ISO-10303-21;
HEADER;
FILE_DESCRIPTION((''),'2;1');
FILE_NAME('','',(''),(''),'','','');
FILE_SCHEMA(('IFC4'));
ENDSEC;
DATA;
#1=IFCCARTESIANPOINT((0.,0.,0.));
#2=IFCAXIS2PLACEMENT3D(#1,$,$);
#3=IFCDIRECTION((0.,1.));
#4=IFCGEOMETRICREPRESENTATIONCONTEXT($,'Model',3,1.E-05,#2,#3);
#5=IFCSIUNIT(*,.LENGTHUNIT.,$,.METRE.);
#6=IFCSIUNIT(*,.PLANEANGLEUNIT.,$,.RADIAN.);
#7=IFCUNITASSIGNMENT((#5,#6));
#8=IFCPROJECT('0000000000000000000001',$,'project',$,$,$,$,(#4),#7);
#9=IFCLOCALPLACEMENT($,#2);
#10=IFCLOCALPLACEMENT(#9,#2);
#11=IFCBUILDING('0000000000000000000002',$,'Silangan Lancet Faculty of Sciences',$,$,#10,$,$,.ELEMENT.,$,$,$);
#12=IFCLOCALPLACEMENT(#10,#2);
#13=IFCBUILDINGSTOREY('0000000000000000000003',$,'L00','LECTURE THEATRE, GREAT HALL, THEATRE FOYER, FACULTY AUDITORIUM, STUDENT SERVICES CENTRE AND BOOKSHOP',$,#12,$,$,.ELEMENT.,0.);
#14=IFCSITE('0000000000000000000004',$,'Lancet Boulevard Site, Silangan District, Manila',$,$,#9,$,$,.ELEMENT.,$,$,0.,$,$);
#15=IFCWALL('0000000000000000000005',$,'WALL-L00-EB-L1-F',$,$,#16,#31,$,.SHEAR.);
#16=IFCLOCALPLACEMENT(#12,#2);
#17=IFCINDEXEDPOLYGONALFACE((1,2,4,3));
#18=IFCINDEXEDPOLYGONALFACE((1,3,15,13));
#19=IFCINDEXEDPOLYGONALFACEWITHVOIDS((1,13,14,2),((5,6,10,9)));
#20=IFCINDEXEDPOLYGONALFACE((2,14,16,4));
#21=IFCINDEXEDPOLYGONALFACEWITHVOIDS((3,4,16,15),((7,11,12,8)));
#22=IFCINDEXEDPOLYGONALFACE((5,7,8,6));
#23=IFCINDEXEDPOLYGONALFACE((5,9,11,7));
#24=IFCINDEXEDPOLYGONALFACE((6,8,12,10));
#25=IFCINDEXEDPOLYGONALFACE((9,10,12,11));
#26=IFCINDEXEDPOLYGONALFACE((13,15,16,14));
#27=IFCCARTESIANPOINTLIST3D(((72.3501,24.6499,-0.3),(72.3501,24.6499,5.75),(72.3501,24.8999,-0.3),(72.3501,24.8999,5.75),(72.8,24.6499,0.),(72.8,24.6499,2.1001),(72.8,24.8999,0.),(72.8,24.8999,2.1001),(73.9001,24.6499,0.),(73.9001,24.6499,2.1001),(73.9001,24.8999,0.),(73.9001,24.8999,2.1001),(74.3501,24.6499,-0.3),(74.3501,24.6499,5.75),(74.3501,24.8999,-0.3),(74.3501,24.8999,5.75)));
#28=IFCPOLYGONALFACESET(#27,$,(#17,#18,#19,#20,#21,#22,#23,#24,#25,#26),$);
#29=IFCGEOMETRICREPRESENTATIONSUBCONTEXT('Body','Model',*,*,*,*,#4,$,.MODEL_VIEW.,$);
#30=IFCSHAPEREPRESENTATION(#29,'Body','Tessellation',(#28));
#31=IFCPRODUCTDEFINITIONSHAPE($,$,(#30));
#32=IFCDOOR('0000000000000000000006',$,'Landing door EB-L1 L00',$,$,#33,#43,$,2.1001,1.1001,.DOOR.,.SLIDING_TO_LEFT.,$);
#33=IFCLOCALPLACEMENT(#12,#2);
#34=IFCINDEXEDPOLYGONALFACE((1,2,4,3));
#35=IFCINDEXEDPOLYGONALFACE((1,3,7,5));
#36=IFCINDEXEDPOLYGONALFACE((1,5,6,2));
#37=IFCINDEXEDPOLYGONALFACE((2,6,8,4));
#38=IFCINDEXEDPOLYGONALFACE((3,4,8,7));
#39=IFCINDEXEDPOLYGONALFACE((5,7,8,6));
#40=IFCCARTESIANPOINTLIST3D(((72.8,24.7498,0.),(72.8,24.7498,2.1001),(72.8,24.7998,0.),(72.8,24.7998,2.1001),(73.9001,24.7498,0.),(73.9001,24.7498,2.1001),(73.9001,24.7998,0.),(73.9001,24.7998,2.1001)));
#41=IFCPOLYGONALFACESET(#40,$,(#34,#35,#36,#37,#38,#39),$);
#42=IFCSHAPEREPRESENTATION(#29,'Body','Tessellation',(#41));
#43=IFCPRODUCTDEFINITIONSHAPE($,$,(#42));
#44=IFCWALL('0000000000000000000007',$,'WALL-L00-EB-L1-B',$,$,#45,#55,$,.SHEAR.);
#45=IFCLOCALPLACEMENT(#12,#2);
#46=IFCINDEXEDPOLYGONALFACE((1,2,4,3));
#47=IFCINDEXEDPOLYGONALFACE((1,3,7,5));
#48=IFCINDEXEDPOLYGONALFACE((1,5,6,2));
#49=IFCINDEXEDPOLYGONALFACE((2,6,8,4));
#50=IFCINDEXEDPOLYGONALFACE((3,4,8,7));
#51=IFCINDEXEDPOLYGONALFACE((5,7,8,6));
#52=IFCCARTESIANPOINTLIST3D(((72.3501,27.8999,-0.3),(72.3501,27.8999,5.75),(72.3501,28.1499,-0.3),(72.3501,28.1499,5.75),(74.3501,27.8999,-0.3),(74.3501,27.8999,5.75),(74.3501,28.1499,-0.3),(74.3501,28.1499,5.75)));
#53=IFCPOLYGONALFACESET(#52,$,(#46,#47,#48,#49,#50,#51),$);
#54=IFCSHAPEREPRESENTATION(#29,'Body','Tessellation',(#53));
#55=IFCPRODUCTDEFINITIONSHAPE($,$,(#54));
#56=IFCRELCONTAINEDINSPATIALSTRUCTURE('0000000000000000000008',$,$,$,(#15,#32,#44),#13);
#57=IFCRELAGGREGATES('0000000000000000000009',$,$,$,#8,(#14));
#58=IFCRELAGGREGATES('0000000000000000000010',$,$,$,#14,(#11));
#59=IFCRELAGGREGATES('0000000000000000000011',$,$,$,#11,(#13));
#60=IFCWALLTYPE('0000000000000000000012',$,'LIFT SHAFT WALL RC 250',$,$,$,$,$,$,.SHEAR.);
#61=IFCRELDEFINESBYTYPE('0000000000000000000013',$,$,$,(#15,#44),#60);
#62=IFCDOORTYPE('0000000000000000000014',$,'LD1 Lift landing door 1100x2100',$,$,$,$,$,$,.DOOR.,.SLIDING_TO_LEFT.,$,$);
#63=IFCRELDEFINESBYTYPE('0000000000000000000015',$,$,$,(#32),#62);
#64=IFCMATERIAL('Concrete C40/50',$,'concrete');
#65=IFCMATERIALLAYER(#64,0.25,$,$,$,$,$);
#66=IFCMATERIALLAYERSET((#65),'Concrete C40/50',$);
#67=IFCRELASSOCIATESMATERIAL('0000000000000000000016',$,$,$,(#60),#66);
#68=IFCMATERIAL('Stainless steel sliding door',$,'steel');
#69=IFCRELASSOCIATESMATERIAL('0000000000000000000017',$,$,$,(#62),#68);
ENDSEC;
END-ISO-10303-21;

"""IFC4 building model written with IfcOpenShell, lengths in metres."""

from ifc_helpers import new_model, si_unit, direction, frame, frame_2d, origin, place, context, subcontext, project, spatial, rectangle, extrude, material, layer, layer_set, type_object, element, fill, save


model = new_model("IFC4")

# Units and contexts
model_context = context("Model", 3, precision=1e-05, world=origin(), true_north=direction((0.0, 1.0)))
body_context = subcontext(model_context, "Body", "Model", "MODEL_VIEW")
ifc_project = project(units=[si_unit("LENGTHUNIT", "METRE"), si_unit("PLANEANGLEUNIT", "RADIAN")], contexts=[model_context])

# Site, building, storey
site_placement = place(None, origin())
site = spatial("IfcSite", under=ifc_project, at=site_placement, Name="Lancet Boulevard Site, Silangan District, Manila", CompositionType="ELEMENT", RefElevation=0.0)
building_placement = place(site_placement, origin())
building = spatial("IfcBuilding", under=site, at=building_placement, Name="Silangan Lancet Faculty of Sciences", CompositionType="ELEMENT")
storey_placement = place(building_placement, origin())
storey = spatial("IfcBuildingStorey", under=building, at=storey_placement, Name="L00", Description="LECTURE THEATRE, GREAT HALL, THEATRE FOYER, FACULTY AUDITORIUM, STUDENT SERVICES CENTRE AND BOOKSHOP", CompositionType="ELEMENT", Elevation=0.0)

# Shared definitions
ifc_material_1 = material(Name="Concrete C40/50", Category="concrete")
ifc_layer_1 = layer(ifc_material_1, 0.25)
ifc_layer_set_1 = layer_set([ifc_layer_1], Name="Concrete C40/50")
wall_type_1 = type_object("IfcWallType", Name="LIFT SHAFT WALL RC 250", PredefinedType="SHEAR", material=ifc_layer_set_1)

# Wall, opening, door
wall_1_placement = place(storey_placement, frame((72.3501, 24.7749, -0.3), z_axis=(0.0, 0.0, 1.0), x_axis=(1.0, 0.0, 0.0)))
wall_1 = element("IfcWall", 1, at=wall_1_placement, inside=storey, type_object=wall_type_1, Name="WALL-L00-EB-L1-F", PredefinedType="SHEAR", context=body_context, shape_type="SweptSolid", body=[
    extrude(rectangle(XDim=2.0, YDim=0.25, at=frame_2d((1.0, 0.0))), origin(), (0.0, 0.0, 1.0), 6.05),
])
opening_placement = place(wall_1_placement, frame((0.45, 0.0, 0.3)))
opening = element("IfcOpeningElement", 2, at=opening_placement, cuts=wall_1, PredefinedType="OPENING", context=body_context, shape_type="SweptSolid", body=[
    extrude(rectangle(XDim=1.1001, YDim=2.1001, at=frame_2d((0.55, 1.05))), frame((0.0, 0.135, 0.0), z_axis=(0.0, -1.0, 0.0), x_axis=(1.0, 0.0, 0.0)), (0.0, 0.0, 1.0), 0.27),
])
ifc_material_2 = material(Name="Stainless steel sliding door", Category="steel")
door_type = type_object("IfcDoorType", Name="LD1 Lift landing door 1100x2100", OperationType="SLIDING_TO_LEFT", PredefinedType="DOOR", material=ifc_material_2)
door_placement = place(opening_placement, origin())
door = element("IfcDoor", 3, at=door_placement, inside=storey, type_object=door_type, Name="Landing door EB-L1 L00", OperationType="SLIDING_TO_LEFT", OverallHeight=2.1001, OverallWidth=1.1001, PredefinedType="DOOR", context=body_context, shape_type="SweptSolid", body=[
    extrude(rectangle(XDim=1.1001, YDim=2.1001, at=frame_2d((0.55, 1.05))), frame((0.0, 0.0249, 0.0), z_axis=(0.0, -1.0, 0.0), x_axis=(1.0, 0.0, 0.0)), (0.0, 0.0, 1.0), 0.05),
])
fill(opening, door)

# Wall
wall_2_placement = place(storey_placement, frame((72.3501, 28.0249, -0.3), z_axis=(0.0, 0.0, 1.0), x_axis=(1.0, 0.0, 0.0)))
element("IfcWall", 4, at=wall_2_placement, inside=storey, type_object=wall_type_1, Name="WALL-L00-EB-L1-B", PredefinedType="SHEAR", context=body_context, shape_type="SweptSolid", body=[
    extrude(rectangle(XDim=2.0, YDim=0.25, at=frame_2d((1.0, 0.0))), origin(), (0.0, 0.0, 1.0), 6.05),
])

save(model, "model.ifc")
